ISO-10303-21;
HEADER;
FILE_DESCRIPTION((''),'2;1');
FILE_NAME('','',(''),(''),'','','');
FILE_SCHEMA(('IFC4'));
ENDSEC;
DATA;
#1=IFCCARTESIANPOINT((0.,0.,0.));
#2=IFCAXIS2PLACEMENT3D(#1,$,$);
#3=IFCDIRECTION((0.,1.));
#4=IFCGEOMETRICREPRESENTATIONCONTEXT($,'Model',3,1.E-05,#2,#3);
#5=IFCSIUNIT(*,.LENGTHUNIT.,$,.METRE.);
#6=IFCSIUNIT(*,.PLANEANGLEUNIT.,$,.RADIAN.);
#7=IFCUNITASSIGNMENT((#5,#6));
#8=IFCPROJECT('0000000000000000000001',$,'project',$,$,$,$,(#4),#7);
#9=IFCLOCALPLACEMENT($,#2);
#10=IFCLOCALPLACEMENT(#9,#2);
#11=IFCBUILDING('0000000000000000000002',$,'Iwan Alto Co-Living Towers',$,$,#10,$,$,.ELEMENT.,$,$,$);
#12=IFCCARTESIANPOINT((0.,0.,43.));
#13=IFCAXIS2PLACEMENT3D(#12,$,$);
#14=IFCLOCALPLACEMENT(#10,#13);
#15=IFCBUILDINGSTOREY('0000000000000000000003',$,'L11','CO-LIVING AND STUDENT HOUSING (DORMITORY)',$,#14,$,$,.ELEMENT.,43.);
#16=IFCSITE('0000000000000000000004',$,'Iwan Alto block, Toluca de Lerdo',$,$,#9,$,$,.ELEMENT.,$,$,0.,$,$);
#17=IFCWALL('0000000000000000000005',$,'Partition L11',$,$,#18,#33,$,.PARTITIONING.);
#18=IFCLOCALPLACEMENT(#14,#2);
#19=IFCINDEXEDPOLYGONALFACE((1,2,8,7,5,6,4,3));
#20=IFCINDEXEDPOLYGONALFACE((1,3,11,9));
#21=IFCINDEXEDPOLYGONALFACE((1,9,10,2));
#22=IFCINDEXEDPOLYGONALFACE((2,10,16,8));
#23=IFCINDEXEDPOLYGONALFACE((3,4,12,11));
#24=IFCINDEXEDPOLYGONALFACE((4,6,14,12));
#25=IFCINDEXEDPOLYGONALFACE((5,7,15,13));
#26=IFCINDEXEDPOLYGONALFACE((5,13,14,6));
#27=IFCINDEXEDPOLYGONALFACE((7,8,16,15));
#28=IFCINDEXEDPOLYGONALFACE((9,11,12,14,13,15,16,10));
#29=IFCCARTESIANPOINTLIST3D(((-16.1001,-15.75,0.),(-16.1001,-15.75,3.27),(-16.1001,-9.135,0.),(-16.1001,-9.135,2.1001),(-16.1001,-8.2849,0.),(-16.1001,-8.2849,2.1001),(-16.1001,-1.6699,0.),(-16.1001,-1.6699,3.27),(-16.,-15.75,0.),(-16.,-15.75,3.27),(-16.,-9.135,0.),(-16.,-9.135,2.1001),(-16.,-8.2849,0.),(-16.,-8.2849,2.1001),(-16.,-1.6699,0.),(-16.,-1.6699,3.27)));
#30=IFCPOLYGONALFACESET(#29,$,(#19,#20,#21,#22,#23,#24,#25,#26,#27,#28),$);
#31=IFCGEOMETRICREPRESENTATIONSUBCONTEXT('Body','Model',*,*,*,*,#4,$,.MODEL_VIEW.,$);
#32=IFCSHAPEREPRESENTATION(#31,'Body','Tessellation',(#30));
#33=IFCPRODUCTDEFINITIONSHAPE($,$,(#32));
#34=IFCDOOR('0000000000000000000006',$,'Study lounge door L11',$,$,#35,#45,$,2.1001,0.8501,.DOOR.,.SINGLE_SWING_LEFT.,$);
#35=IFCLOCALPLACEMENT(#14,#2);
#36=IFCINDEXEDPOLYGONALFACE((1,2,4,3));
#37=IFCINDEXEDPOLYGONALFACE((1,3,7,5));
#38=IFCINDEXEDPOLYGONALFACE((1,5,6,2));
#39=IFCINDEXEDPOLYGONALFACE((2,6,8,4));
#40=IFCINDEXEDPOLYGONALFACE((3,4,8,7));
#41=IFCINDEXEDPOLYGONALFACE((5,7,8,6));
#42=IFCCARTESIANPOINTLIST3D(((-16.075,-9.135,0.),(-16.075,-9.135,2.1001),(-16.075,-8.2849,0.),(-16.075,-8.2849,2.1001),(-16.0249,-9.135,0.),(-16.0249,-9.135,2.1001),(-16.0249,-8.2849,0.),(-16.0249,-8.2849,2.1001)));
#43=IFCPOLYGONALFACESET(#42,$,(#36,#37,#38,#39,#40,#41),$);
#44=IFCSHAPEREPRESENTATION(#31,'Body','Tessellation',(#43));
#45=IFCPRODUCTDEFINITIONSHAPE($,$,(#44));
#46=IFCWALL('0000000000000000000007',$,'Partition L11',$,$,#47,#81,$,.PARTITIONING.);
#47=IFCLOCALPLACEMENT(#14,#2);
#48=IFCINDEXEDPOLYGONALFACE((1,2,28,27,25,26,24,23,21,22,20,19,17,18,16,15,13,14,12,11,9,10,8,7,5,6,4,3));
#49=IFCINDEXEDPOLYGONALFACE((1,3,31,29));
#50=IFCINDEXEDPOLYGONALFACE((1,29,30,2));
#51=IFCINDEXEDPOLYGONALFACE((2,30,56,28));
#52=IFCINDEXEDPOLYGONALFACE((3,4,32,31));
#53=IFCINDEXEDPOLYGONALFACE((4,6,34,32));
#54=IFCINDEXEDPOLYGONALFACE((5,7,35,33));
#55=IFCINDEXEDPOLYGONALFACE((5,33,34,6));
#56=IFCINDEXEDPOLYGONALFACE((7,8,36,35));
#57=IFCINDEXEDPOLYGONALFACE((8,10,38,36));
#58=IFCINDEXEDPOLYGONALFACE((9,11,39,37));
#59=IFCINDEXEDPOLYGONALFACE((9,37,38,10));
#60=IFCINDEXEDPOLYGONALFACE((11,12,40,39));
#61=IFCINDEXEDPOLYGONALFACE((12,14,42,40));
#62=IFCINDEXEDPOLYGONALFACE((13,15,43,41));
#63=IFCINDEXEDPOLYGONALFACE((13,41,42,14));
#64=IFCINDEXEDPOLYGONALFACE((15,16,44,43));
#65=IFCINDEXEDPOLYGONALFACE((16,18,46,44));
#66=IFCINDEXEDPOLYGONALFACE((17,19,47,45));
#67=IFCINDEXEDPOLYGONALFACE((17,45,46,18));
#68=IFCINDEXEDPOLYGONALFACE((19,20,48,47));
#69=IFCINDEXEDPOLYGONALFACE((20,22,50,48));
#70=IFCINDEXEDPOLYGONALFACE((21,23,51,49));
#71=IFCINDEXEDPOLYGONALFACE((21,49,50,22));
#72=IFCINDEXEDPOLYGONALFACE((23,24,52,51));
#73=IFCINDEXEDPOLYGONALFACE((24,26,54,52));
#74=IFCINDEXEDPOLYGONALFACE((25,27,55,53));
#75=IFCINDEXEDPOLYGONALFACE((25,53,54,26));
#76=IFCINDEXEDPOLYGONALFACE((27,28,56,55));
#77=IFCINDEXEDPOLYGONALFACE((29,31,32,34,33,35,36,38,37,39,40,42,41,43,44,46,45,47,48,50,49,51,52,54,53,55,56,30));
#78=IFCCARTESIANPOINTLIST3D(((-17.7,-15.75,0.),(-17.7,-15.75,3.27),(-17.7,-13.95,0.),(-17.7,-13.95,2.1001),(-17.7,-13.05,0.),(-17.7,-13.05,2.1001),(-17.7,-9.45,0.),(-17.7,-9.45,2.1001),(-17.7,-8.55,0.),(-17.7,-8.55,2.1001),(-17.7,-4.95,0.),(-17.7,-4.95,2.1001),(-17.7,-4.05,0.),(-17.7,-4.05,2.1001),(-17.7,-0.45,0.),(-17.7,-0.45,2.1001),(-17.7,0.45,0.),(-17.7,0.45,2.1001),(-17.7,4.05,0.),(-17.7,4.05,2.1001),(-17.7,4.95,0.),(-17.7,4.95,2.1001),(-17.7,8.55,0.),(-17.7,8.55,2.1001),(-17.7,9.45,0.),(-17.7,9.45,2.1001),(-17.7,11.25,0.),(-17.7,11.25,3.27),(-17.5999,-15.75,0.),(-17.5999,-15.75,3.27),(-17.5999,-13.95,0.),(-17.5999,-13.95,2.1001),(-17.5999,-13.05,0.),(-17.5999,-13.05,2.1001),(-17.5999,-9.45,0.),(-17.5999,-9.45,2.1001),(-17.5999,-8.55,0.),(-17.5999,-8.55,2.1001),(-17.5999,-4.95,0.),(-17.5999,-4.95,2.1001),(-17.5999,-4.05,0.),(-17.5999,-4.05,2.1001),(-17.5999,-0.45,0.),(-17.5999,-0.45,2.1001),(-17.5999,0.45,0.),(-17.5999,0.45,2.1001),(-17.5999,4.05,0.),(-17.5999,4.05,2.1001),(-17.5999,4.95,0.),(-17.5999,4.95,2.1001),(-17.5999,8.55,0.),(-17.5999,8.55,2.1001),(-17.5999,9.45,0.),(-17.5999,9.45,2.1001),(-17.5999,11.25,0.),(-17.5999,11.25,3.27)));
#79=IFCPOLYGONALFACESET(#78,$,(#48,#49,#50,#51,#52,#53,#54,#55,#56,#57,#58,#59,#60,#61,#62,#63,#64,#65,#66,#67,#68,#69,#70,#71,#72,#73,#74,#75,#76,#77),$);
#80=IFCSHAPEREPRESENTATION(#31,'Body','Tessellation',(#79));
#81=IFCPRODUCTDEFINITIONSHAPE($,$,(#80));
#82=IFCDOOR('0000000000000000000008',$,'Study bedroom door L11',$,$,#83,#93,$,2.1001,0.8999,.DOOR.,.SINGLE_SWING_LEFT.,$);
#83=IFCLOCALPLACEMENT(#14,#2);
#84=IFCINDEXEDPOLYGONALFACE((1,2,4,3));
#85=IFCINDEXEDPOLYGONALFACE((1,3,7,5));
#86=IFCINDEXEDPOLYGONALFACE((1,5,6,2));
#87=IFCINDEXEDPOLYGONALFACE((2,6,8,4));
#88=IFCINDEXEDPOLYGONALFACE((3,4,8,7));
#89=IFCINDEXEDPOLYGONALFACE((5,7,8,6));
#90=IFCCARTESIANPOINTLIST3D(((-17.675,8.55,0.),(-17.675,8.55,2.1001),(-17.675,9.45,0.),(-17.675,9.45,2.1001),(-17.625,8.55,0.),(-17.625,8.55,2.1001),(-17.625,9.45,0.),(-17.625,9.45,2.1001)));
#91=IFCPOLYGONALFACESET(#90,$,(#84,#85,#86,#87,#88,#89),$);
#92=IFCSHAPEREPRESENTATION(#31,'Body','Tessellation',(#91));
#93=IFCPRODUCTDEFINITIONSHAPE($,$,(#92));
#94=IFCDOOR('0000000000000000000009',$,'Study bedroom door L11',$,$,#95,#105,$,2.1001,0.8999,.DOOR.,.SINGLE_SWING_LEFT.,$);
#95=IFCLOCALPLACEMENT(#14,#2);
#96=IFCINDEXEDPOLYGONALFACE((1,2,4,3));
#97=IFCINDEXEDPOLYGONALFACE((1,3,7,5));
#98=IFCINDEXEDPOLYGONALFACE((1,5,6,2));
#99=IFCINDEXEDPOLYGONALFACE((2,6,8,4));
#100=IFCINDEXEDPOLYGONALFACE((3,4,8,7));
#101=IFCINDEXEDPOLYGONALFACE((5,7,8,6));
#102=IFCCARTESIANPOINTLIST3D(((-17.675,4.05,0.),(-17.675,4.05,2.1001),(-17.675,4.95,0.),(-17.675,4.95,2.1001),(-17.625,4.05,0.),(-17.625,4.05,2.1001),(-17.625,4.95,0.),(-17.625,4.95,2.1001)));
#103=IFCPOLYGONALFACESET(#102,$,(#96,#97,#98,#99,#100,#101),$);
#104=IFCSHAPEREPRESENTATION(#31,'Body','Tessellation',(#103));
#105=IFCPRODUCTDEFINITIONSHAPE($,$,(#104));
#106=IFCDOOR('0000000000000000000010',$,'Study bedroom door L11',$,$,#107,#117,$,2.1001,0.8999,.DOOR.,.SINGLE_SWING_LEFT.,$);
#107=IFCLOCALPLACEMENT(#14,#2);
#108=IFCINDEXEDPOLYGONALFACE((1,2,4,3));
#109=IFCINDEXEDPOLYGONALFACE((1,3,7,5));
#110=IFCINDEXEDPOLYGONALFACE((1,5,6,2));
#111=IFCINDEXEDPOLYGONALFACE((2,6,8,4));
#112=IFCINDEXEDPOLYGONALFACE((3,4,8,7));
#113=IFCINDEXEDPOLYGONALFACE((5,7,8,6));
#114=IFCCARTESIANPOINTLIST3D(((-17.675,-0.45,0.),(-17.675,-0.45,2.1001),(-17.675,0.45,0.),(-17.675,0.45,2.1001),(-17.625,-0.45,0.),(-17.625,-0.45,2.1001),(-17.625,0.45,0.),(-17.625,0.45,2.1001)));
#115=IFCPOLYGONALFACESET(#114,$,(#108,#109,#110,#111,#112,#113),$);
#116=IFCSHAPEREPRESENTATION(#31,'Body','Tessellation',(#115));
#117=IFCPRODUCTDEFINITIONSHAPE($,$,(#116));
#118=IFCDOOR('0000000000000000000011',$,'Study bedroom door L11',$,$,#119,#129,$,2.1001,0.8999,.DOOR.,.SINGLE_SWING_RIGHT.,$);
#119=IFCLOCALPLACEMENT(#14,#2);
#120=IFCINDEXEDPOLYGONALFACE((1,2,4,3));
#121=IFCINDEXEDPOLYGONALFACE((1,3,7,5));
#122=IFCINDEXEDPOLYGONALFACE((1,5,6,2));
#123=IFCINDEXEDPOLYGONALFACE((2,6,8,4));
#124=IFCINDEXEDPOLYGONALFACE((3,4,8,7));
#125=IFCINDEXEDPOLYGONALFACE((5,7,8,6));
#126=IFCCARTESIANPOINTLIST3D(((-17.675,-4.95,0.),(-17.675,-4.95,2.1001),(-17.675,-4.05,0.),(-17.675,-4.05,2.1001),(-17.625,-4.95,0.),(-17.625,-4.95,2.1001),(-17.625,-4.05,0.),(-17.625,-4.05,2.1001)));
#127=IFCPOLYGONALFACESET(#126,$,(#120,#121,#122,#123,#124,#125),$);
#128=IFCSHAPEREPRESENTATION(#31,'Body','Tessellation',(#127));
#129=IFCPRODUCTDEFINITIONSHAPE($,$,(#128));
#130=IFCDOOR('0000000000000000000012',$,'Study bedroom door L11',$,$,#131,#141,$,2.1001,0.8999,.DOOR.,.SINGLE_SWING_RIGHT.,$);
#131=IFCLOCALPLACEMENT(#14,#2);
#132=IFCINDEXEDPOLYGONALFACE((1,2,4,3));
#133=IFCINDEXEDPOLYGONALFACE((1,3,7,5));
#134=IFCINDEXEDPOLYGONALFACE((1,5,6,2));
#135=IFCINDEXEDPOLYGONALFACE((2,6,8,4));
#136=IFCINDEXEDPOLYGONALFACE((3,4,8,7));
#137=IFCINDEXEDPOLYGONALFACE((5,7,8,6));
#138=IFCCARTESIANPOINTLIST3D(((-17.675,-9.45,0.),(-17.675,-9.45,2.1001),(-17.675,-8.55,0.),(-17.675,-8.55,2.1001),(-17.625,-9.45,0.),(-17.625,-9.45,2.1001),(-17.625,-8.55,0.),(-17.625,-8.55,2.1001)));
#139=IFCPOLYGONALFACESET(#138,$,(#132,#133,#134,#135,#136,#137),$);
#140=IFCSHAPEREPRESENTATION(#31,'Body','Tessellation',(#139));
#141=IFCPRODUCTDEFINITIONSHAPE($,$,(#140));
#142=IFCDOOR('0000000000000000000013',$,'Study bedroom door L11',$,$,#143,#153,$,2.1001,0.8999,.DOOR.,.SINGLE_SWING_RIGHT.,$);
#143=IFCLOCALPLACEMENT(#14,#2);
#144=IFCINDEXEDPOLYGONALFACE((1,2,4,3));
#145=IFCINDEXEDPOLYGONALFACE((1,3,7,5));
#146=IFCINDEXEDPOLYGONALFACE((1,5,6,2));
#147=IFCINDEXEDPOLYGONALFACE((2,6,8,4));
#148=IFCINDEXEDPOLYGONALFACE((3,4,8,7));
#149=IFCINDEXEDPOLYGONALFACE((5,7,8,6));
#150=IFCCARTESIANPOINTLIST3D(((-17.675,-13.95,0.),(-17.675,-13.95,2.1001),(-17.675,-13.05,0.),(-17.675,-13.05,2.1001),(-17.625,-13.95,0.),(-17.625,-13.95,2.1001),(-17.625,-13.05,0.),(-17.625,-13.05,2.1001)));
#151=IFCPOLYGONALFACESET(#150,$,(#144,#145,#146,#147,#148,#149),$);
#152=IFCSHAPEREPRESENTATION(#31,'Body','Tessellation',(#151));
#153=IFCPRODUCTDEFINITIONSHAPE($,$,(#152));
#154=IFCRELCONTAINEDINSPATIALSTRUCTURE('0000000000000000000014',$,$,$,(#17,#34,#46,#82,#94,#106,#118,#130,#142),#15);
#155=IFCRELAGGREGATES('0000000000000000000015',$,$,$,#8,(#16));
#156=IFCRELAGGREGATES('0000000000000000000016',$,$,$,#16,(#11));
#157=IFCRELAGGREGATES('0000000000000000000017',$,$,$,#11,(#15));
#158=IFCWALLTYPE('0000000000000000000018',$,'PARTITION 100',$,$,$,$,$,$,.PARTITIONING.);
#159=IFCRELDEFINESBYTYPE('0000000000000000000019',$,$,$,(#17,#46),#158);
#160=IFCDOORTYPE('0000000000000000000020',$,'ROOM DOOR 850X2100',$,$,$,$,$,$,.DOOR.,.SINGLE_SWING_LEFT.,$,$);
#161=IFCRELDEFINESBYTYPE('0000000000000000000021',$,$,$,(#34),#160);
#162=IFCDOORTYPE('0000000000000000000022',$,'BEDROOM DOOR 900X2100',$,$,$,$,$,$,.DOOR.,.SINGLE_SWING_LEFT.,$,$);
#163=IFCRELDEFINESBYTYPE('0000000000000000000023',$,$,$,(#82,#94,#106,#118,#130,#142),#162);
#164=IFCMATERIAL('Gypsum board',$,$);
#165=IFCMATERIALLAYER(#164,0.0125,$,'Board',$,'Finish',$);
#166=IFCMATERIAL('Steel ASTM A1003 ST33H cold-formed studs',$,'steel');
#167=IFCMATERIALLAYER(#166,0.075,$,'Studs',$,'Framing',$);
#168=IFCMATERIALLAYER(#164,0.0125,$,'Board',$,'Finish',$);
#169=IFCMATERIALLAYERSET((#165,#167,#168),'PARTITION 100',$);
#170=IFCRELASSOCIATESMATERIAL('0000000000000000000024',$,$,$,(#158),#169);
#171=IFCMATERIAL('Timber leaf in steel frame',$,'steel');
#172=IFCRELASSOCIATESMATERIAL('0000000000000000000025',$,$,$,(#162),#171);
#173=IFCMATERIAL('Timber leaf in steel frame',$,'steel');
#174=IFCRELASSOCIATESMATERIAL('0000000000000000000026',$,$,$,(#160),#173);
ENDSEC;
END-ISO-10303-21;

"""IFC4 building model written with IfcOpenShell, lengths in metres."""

from ifc_helpers import new_model, si_unit, direction, frame, frame_2d, origin, place, context, subcontext, project, spatial, rectangle, extrude, material, layer, layer_set, type_object, element, fill, save


model = new_model("IFC4")

# Units and contexts
model_context = context("Model", 3, precision=1e-05, world=origin(), true_north=direction((0.0, 1.0)))
body_context = subcontext(model_context, "Body", "Model", "MODEL_VIEW")
ifc_project = project(units=[si_unit("LENGTHUNIT", "METRE"), si_unit("PLANEANGLEUNIT", "RADIAN")], contexts=[model_context])

# Site, building, storey
site_placement = place(None, origin())
site = spatial("IfcSite", under=ifc_project, at=site_placement, Name="Iwan Alto block, Toluca de Lerdo", CompositionType="ELEMENT", RefElevation=0.0)
building_placement = place(site_placement, origin())
building = spatial("IfcBuilding", under=site, at=building_placement, Name="Iwan Alto Co-Living Towers", CompositionType="ELEMENT")
storey_placement = place(building_placement, frame((0.0, 0.0, 43.0)))
storey = spatial("IfcBuildingStorey", under=building, at=storey_placement, Name="L11", Description="CO-LIVING AND STUDENT HOUSING (DORMITORY)", CompositionType="ELEMENT", Elevation=43.0)

# Shared definitions
ifc_material_1 = material(Name="Gypsum board")
ifc_layer_1 = layer(ifc_material_1, 0.0125, Name="Board", Category="Finish")
ifc_material_2 = material(Name="Steel ASTM A1003 ST33H cold-formed studs", Category="steel")
ifc_layer_2 = layer(ifc_material_2, 0.075, Name="Studs", Category="Framing")
ifc_layer_3 = layer(ifc_material_1, 0.0125, Name="Board", Category="Finish")
ifc_layer_set_1 = layer_set([ifc_layer_1, ifc_layer_2, ifc_layer_3], Name="PARTITION 100")
wall_type_1 = type_object("IfcWallType", Name="PARTITION 100", PredefinedType="PARTITIONING", material=ifc_layer_set_1)
ifc_material_3 = material(Name="Timber leaf in steel frame", Category="steel")
door_type_1 = type_object("IfcDoorType", Name="BEDROOM DOOR 900X2100", OperationType="SINGLE_SWING_LEFT", PredefinedType="DOOR", material=ifc_material_3)

# Wall, opening, door
wall_1_placement = place(storey_placement, frame((-16.05, -15.75, 0.0), z_axis=(0.0, 0.0, 1.0), x_axis=(0.0, 1.0, 0.0)))
wall_1 = element("IfcWall", 1, at=wall_1_placement, inside=storey, type_object=wall_type_1, Name="Partition L11", PredefinedType="PARTITIONING", context=body_context, shape_type="SweptSolid", body=[
    extrude(rectangle(XDim=14.0801, YDim=0.1001, at=frame_2d((7.04, 0.0))), origin(), (0.0, 0.0, 1.0), 3.27),
])
opening_1_placement = place(wall_1_placement, frame((6.615, 0.0, 0.0)))
opening_1 = element("IfcOpeningElement", 2, at=opening_1_placement, cuts=wall_1, PredefinedType="OPENING", context=body_context, shape_type="SweptSolid", body=[
    extrude(rectangle(XDim=0.8501, YDim=2.1001, at=frame_2d((0.425, 1.05))), frame((0.0, 0.0601, 0.0), z_axis=(0.0, -1.0, 0.0), x_axis=(1.0, 0.0, 0.0)), (0.0, 0.0, 1.0), 0.1201),
])
ifc_material_4 = material(Name="Timber leaf in steel frame", Category="steel")
door_type_2 = type_object("IfcDoorType", Name="ROOM DOOR 850X2100", OperationType="SINGLE_SWING_LEFT", PredefinedType="DOOR", material=ifc_material_4)
door_1_placement = place(opening_1_placement, origin())
door_1 = element("IfcDoor", 3, at=door_1_placement, inside=storey, type_object=door_type_2, Name="Study lounge door L11", OperationType="SINGLE_SWING_LEFT", OverallHeight=2.1001, OverallWidth=0.8501, PredefinedType="DOOR", context=body_context, shape_type="SweptSolid", body=[
    extrude(rectangle(XDim=0.8501, YDim=2.1001, at=frame_2d((0.425, 1.05))), frame((0.0, 0.0249, 0.0), z_axis=(0.0, -1.0, 0.0), x_axis=(1.0, 0.0, 0.0)), (0.0, 0.0, 1.0), 0.05),
])
fill(opening_1, door_1)

# Wall, openings, doors
wall_2_placement = place(storey_placement, frame((-17.6499, -15.75, 0.0), z_axis=(0.0, 0.0, 1.0), x_axis=(0.0, 1.0, 0.0)))
wall_2 = element("IfcWall", 4, at=wall_2_placement, inside=storey, type_object=wall_type_1, Name="Partition L11", PredefinedType="PARTITIONING", context=body_context, shape_type="SweptSolid", body=[
    extrude(rectangle(XDim=27.0, YDim=0.1001, at=frame_2d((13.5, 0.0))), origin(), (0.0, 0.0, 1.0), 3.27),
])
opening_2_placement = place(wall_2_placement, frame((24.3, 0.0, 0.0)))
opening_2 = element("IfcOpeningElement", 5, at=opening_2_placement, cuts=wall_2, PredefinedType="OPENING", context=body_context, shape_type="SweptSolid", body=[
    extrude(rectangle(XDim=0.8999, YDim=2.1001, at=frame_2d((0.45, 1.05))), frame((0.0, 0.0601, 0.0), z_axis=(0.0, -1.0, 0.0), x_axis=(1.0, 0.0, 0.0)), (0.0, 0.0, 1.0), 0.1201),
])
opening_3_placement = place(wall_2_placement, frame((19.8, 0.0, 0.0)))
opening_3 = element("IfcOpeningElement", 6, at=opening_3_placement, cuts=wall_2, PredefinedType="OPENING", context=body_context, shape_type="SweptSolid", body=[
    extrude(rectangle(XDim=0.8999, YDim=2.1001, at=frame_2d((0.45, 1.05))), frame((0.0, 0.0601, 0.0), z_axis=(0.0, -1.0, 0.0), x_axis=(1.0, 0.0, 0.0)), (0.0, 0.0, 1.0), 0.1201),
])
opening_4_placement = place(wall_2_placement, frame((15.3, 0.0, 0.0)))
opening_4 = element("IfcOpeningElement", 7, at=opening_4_placement, cuts=wall_2, PredefinedType="OPENING", context=body_context, shape_type="SweptSolid", body=[
    extrude(rectangle(XDim=0.8999, YDim=2.1001, at=frame_2d((0.45, 1.05))), frame((0.0, 0.0601, 0.0), z_axis=(0.0, -1.0, 0.0), x_axis=(1.0, 0.0, 0.0)), (0.0, 0.0, 1.0), 0.1201),
])
opening_5_placement = place(wall_2_placement, frame((10.8, 0.0, 0.0)))
opening_5 = element("IfcOpeningElement", 8, at=opening_5_placement, cuts=wall_2, PredefinedType="OPENING", context=body_context, shape_type="SweptSolid", body=[
    extrude(rectangle(XDim=0.8999, YDim=2.1001, at=frame_2d((0.45, 1.05))), frame((0.0, 0.0601, 0.0), z_axis=(0.0, -1.0, 0.0), x_axis=(1.0, 0.0, 0.0)), (0.0, 0.0, 1.0), 0.1201),
])
opening_6_placement = place(wall_2_placement, frame((6.3, 0.0, 0.0)))
opening_6 = element("IfcOpeningElement", 9, at=opening_6_placement, cuts=wall_2, PredefinedType="OPENING", context=body_context, shape_type="SweptSolid", body=[
    extrude(rectangle(XDim=0.8999, YDim=2.1001, at=frame_2d((0.45, 1.05))), frame((0.0, 0.0601, 0.0), z_axis=(0.0, -1.0, 0.0), x_axis=(1.0, 0.0, 0.0)), (0.0, 0.0, 1.0), 0.1201),
])
opening_7_placement = place(wall_2_placement, frame((1.8, 0.0, 0.0)))
opening_7 = element("IfcOpeningElement", 10, at=opening_7_placement, cuts=wall_2, PredefinedType="OPENING", context=body_context, shape_type="SweptSolid", body=[
    extrude(rectangle(XDim=0.8999, YDim=2.1001, at=frame_2d((0.45, 1.05))), frame((0.0, 0.0601, 0.0), z_axis=(0.0, -1.0, 0.0), x_axis=(1.0, 0.0, 0.0)), (0.0, 0.0, 1.0), 0.1201),
])
door_2_placement = place(opening_2_placement, frame((0.8999, 0.0, 0.0), z_axis=(0.0, 0.0, 1.0), x_axis=(-1.0, 0.0, 0.0)))
door_2 = element("IfcDoor", 11, at=door_2_placement, inside=storey, type_object=door_type_1, Name="Study bedroom door L11", OperationType="SINGLE_SWING_LEFT", OverallHeight=2.1001, OverallWidth=0.8999, PredefinedType="DOOR", context=body_context, shape_type="SweptSolid", body=[
    extrude(rectangle(XDim=0.8999, YDim=2.1001, at=frame_2d((0.45, 1.05))), frame((0.0, 0.0249, 0.0), z_axis=(0.0, -1.0, 0.0), x_axis=(1.0, 0.0, 0.0)), (0.0, 0.0, 1.0), 0.05),
])
fill(opening_2, door_2)
door_3_placement = place(opening_3_placement, frame((0.8999, 0.0, 0.0), z_axis=(0.0, 0.0, 1.0), x_axis=(-1.0, 0.0, 0.0)))
door_3 = element("IfcDoor", 12, at=door_3_placement, inside=storey, type_object=door_type_1, Name="Study bedroom door L11", OperationType="SINGLE_SWING_LEFT", OverallHeight=2.1001, OverallWidth=0.8999, PredefinedType="DOOR", context=body_context, shape_type="SweptSolid", body=[
    extrude(rectangle(XDim=0.8999, YDim=2.1001, at=frame_2d((0.45, 1.05))), frame((0.0, 0.0249, 0.0), z_axis=(0.0, -1.0, 0.0), x_axis=(1.0, 0.0, 0.0)), (0.0, 0.0, 1.0), 0.05),
])
fill(opening_3, door_3)
door_4_placement = place(opening_4_placement, frame((0.8999, 0.0, 0.0), z_axis=(0.0, 0.0, 1.0), x_axis=(-1.0, 0.0, 0.0)))
door_4 = element("IfcDoor", 13, at=door_4_placement, inside=storey, type_object=door_type_1, Name="Study bedroom door L11", OperationType="SINGLE_SWING_LEFT", OverallHeight=2.1001, OverallWidth=0.8999, PredefinedType="DOOR", context=body_context, shape_type="SweptSolid", body=[
    extrude(rectangle(XDim=0.8999, YDim=2.1001, at=frame_2d((0.45, 1.05))), frame((0.0, 0.0249, 0.0), z_axis=(0.0, -1.0, 0.0), x_axis=(1.0, 0.0, 0.0)), (0.0, 0.0, 1.0), 0.05),
])
fill(opening_4, door_4)
door_5_placement = place(opening_5_placement, frame((0.8999, 0.0, 0.0), z_axis=(0.0, 0.0, 1.0), x_axis=(-1.0, 0.0, 0.0)))
door_5 = element("IfcDoor", 14, at=door_5_placement, inside=storey, type_object=door_type_1, Name="Study bedroom door L11", OperationType="SINGLE_SWING_RIGHT", OverallHeight=2.1001, OverallWidth=0.8999, PredefinedType="DOOR", context=body_context, shape_type="SweptSolid", body=[
    extrude(rectangle(XDim=0.8999, YDim=2.1001, at=frame_2d((0.45, 1.05))), frame((0.0, 0.0249, 0.0), z_axis=(0.0, -1.0, 0.0), x_axis=(1.0, 0.0, 0.0)), (0.0, 0.0, 1.0), 0.05),
])
fill(opening_5, door_5)
door_6_placement = place(opening_6_placement, frame((0.8999, 0.0, 0.0), z_axis=(0.0, 0.0, 1.0), x_axis=(-1.0, 0.0, 0.0)))
door_6 = element("IfcDoor", 15, at=door_6_placement, inside=storey, type_object=door_type_1, Name="Study bedroom door L11", OperationType="SINGLE_SWING_RIGHT", OverallHeight=2.1001, OverallWidth=0.8999, PredefinedType="DOOR", context=body_context, shape_type="SweptSolid", body=[
    extrude(rectangle(XDim=0.8999, YDim=2.1001, at=frame_2d((0.45, 1.05))), frame((0.0, 0.0249, 0.0), z_axis=(0.0, -1.0, 0.0), x_axis=(1.0, 0.0, 0.0)), (0.0, 0.0, 1.0), 0.05),
])
fill(opening_6, door_6)
door_7_placement = place(opening_7_placement, frame((0.8999, 0.0, 0.0), z_axis=(0.0, 0.0, 1.0), x_axis=(-1.0, 0.0, 0.0)))
door_7 = element("IfcDoor", 16, at=door_7_placement, inside=storey, type_object=door_type_1, Name="Study bedroom door L11", OperationType="SINGLE_SWING_RIGHT", OverallHeight=2.1001, OverallWidth=0.8999, PredefinedType="DOOR", context=body_context, shape_type="SweptSolid", body=[
    extrude(rectangle(XDim=0.8999, YDim=2.1001, at=frame_2d((0.45, 1.05))), frame((0.0, 0.0249, 0.0), z_axis=(0.0, -1.0, 0.0), x_axis=(1.0, 0.0, 0.0)), (0.0, 0.0, 1.0), 0.05),
])
fill(opening_7, door_7)

save(model, "model.ifc")
